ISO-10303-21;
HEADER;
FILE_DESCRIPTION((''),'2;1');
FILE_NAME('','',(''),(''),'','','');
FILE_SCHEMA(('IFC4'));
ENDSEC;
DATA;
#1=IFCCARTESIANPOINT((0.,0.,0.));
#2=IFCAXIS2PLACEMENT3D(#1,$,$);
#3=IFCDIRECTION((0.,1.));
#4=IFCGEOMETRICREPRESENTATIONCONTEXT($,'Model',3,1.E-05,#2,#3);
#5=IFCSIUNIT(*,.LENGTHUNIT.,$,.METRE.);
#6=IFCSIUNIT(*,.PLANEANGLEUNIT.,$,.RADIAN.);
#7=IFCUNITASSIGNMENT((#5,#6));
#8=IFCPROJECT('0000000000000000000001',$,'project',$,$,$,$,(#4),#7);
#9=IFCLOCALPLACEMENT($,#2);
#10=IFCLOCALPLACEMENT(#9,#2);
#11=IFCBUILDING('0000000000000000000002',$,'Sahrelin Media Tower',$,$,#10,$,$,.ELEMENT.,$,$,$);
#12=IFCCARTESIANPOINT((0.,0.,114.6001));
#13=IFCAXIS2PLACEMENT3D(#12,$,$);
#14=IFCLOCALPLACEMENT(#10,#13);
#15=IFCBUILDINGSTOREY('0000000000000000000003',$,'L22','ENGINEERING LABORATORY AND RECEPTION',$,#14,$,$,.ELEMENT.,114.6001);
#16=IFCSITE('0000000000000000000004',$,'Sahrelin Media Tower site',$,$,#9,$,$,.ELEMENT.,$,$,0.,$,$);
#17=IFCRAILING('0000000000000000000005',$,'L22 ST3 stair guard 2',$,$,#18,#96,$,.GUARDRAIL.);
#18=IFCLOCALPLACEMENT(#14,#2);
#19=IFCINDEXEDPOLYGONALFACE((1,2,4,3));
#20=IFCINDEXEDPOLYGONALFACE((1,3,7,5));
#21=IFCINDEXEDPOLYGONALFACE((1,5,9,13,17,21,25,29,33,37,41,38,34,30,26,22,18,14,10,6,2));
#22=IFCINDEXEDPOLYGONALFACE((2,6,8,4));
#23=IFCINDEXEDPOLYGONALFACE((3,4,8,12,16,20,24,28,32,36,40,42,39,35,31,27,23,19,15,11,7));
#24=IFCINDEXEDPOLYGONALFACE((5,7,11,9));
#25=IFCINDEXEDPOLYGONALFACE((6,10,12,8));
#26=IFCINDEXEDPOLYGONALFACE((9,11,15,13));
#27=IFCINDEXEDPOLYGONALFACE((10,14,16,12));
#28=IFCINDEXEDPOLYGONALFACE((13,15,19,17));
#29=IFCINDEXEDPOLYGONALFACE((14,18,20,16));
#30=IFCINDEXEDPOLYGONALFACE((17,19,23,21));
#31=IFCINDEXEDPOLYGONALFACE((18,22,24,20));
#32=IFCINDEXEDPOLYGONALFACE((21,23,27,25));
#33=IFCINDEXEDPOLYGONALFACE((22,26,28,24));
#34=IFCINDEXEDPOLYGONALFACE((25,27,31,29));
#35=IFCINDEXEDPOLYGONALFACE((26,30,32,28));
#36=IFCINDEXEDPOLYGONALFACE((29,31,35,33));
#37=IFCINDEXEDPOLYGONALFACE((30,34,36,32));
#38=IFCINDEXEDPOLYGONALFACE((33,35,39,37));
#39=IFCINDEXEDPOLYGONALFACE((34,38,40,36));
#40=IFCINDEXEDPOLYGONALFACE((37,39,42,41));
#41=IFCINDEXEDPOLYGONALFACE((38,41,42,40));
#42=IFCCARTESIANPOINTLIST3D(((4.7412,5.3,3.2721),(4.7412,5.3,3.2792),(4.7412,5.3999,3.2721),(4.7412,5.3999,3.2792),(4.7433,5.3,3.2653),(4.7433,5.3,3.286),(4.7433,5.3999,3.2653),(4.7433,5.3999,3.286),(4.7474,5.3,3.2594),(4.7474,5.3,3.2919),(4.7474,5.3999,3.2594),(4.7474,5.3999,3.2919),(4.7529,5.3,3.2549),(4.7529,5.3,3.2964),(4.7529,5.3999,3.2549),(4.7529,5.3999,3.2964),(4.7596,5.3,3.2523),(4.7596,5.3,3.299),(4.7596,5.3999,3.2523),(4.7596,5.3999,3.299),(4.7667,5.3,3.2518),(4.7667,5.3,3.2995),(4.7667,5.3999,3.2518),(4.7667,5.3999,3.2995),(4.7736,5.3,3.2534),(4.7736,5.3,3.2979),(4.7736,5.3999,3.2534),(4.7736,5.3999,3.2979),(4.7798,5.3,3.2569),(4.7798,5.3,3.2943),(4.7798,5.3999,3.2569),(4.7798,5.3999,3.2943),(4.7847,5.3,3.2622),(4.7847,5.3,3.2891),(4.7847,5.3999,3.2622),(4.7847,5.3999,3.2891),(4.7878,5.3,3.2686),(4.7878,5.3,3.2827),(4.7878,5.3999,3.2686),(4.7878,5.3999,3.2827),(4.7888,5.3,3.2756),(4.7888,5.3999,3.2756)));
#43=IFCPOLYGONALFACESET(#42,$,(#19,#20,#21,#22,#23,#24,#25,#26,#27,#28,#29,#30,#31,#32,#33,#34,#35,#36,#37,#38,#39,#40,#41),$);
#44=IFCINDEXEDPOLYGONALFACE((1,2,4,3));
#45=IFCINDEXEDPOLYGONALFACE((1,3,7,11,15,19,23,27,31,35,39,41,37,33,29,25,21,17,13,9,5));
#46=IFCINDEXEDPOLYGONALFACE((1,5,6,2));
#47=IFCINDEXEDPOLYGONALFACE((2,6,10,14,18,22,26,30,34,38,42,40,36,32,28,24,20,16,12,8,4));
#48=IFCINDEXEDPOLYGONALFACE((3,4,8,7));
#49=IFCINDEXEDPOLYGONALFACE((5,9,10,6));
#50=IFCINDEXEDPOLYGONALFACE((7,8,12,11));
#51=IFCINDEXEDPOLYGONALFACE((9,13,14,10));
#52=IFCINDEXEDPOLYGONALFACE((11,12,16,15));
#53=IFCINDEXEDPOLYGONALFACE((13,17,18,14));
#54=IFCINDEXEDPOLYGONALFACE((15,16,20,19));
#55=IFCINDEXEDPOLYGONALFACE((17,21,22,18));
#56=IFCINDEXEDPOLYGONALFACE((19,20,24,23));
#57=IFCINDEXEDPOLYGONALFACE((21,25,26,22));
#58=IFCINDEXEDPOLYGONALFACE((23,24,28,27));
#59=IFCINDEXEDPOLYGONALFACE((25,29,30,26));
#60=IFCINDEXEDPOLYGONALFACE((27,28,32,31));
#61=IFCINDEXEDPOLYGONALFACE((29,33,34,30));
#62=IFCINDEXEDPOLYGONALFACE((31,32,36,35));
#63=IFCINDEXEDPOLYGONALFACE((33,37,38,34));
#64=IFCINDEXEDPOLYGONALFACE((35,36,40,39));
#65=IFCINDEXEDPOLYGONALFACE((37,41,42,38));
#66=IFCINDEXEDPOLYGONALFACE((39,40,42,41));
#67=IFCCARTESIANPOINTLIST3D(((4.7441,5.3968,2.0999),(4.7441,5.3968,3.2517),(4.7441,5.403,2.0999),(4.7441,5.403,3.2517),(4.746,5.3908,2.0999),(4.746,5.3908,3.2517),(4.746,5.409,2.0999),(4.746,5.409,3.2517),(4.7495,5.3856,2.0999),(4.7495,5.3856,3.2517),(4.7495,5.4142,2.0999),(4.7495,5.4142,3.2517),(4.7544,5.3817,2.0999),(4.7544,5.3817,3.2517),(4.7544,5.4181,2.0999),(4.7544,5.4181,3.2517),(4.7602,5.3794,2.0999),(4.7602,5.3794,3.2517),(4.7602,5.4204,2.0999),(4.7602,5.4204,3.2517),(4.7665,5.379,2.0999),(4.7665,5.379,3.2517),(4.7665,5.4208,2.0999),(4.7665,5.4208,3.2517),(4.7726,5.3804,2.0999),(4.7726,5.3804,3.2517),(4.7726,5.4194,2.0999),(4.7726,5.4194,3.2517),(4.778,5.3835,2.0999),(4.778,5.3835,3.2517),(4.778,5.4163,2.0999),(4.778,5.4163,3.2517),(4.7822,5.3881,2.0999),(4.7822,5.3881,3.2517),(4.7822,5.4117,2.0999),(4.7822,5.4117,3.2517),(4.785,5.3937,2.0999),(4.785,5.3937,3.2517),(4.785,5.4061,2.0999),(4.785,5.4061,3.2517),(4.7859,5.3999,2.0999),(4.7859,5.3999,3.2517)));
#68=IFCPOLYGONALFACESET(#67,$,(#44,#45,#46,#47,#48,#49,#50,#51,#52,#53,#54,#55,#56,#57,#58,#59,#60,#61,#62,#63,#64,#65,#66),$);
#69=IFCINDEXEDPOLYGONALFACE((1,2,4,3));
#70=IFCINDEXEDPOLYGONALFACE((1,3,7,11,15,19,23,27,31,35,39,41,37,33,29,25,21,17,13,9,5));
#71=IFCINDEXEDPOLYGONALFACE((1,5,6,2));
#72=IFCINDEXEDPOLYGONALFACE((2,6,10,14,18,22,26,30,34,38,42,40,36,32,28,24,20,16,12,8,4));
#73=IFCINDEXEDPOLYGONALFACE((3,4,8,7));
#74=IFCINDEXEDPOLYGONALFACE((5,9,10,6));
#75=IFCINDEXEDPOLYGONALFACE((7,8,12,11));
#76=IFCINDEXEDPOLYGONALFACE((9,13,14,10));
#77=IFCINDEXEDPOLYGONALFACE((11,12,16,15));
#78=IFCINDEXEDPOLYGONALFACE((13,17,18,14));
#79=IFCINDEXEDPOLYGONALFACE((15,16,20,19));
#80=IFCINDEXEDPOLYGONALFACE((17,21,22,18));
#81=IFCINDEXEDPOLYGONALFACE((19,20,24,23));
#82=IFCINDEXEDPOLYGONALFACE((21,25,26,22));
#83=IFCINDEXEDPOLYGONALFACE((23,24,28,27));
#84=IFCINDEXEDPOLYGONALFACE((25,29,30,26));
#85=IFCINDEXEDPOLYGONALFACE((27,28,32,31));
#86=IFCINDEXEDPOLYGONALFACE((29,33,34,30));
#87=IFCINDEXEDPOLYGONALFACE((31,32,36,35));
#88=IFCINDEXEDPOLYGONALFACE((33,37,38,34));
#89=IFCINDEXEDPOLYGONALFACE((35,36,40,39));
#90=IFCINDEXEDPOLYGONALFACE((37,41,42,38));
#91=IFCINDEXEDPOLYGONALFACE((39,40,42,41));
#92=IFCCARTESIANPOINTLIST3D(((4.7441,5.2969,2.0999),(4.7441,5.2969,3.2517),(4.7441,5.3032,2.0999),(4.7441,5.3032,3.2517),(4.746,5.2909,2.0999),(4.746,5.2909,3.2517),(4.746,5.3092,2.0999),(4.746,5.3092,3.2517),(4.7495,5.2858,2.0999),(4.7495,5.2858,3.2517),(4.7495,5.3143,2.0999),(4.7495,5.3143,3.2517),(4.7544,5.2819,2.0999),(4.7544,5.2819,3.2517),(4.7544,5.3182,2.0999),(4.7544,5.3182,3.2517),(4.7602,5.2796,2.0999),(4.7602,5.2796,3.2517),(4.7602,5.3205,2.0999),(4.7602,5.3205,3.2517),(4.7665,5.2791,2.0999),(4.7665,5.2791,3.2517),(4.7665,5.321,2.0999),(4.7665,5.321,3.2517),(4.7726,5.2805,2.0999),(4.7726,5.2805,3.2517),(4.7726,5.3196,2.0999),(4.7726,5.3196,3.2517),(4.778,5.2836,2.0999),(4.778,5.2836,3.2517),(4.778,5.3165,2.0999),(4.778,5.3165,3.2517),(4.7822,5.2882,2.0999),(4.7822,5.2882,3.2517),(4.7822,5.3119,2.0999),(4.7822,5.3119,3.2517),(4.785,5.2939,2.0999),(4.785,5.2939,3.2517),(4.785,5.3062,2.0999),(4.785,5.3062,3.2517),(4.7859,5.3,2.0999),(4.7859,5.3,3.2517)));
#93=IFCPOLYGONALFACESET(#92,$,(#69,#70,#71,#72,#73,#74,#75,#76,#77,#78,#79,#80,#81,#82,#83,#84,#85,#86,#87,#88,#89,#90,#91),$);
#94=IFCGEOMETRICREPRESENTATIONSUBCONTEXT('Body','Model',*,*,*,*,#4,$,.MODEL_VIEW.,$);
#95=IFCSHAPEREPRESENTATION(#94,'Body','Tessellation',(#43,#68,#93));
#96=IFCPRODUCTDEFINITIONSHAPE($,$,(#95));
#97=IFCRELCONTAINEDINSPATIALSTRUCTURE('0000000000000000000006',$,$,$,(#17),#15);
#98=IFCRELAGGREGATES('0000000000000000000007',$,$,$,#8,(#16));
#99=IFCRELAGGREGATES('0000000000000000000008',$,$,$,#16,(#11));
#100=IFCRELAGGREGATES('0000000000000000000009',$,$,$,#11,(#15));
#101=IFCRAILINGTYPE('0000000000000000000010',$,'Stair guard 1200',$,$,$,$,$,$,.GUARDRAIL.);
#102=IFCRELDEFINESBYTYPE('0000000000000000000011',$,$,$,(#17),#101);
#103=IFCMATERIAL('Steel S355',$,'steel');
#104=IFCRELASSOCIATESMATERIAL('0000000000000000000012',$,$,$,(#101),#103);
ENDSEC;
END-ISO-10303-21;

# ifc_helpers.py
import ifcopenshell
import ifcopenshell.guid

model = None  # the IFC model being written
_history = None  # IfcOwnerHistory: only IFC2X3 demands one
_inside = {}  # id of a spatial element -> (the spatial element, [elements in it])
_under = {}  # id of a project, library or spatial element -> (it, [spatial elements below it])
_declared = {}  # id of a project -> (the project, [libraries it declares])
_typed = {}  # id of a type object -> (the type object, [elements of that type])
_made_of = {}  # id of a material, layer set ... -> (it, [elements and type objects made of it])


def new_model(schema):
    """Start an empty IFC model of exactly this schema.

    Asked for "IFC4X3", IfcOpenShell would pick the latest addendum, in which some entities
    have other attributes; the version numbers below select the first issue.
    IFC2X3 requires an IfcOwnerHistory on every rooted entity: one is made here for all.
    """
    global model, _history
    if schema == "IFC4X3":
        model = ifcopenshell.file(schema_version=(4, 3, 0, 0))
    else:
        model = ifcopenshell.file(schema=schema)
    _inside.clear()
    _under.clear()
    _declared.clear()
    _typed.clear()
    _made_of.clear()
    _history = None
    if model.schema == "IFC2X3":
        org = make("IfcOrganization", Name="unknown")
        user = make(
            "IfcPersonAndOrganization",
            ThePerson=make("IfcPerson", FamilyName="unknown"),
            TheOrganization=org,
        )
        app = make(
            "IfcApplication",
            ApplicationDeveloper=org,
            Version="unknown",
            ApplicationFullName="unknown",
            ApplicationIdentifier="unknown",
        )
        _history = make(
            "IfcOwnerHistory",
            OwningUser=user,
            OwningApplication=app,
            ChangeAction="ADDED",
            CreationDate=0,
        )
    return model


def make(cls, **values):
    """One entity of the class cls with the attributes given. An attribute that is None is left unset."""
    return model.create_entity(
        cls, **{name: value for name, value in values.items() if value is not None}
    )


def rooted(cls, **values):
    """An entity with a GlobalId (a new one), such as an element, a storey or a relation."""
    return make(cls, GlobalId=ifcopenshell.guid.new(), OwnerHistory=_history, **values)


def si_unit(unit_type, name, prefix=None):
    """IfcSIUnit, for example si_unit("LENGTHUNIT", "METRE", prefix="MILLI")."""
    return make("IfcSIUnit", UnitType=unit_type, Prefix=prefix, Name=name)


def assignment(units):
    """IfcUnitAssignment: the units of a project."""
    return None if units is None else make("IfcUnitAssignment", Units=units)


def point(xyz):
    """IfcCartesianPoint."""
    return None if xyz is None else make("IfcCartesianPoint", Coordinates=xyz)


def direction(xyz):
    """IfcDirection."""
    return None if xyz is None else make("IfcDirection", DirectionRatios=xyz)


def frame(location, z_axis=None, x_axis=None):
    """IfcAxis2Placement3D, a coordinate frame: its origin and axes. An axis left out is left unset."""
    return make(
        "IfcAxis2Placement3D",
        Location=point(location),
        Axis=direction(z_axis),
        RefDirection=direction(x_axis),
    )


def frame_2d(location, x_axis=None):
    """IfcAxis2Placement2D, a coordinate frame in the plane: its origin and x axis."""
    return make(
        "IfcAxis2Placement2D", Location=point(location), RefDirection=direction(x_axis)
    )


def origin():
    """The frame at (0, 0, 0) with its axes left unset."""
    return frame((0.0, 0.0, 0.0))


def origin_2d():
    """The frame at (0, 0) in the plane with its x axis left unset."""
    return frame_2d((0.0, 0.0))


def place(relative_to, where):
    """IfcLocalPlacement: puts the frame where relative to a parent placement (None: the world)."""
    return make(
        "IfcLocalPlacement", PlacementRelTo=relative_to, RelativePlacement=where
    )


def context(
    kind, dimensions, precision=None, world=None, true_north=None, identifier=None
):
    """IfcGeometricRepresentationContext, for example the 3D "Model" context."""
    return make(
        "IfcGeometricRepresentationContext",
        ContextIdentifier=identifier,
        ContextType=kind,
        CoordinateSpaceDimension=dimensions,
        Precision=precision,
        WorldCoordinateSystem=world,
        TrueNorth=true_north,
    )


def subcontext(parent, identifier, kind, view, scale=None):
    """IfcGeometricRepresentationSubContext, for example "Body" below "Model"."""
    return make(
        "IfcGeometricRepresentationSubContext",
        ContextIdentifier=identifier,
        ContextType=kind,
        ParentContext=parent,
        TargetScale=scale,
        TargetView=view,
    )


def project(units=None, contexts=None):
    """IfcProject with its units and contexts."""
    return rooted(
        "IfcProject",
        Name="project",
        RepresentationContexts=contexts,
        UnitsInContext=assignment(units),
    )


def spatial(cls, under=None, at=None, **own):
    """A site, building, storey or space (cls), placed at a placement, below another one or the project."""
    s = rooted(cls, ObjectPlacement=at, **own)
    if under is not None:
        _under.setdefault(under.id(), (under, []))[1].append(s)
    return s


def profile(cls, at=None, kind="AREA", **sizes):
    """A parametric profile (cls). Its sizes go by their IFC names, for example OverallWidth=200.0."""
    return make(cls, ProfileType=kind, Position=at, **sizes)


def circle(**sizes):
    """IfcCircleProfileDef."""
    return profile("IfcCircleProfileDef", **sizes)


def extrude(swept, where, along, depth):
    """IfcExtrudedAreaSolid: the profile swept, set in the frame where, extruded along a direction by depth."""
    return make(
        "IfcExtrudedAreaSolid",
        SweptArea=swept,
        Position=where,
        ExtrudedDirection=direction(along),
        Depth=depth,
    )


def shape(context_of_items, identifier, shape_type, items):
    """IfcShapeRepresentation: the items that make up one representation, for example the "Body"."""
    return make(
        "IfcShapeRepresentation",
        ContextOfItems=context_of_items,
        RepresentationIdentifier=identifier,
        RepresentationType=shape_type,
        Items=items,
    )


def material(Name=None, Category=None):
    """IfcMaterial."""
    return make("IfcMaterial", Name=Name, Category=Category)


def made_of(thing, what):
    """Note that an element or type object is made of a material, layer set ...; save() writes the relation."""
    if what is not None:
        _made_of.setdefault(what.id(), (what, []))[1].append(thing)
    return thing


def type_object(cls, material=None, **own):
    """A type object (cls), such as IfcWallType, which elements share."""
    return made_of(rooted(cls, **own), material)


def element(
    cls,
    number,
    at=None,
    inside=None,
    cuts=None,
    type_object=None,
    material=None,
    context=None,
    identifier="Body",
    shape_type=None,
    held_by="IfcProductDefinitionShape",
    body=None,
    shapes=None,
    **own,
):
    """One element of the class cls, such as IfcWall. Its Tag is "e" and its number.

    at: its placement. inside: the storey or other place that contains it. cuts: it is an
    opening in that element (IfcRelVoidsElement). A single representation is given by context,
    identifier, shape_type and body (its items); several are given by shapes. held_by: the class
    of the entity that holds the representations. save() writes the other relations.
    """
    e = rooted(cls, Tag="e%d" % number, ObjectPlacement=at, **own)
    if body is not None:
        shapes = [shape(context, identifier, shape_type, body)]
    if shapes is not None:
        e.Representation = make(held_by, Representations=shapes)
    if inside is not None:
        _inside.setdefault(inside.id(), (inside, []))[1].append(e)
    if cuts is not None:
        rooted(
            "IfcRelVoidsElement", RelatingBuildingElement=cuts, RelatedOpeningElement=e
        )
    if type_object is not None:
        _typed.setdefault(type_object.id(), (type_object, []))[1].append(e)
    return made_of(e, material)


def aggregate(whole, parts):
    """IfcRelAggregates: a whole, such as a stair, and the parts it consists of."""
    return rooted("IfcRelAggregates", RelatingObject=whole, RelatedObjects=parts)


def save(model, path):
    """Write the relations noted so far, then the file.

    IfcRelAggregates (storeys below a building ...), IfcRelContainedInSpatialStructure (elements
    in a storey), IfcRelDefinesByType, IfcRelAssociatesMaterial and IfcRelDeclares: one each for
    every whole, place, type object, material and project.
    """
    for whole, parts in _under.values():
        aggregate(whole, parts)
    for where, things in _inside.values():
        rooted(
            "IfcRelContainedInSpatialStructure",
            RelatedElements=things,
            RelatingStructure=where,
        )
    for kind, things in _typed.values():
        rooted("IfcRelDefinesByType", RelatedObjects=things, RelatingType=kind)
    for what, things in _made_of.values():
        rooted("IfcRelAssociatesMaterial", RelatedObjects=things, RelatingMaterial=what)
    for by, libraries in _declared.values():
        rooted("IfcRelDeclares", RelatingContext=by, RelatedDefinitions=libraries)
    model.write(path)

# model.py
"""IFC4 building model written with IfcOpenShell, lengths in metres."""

from ifc_helpers import new_model, si_unit, direction, frame, origin, origin_2d, place, context, subcontext, project, spatial, circle, extrude, material, type_object, element, save


model = new_model("IFC4")

# Units and contexts
model_context = context("Model", 3, precision=1e-05, world=origin(), true_north=direction((0.0, 1.0)))
body_context = subcontext(model_context, "Body", "Model", "MODEL_VIEW")
ifc_project = project(units=[si_unit("LENGTHUNIT", "METRE"), si_unit("PLANEANGLEUNIT", "RADIAN")], contexts=[model_context])

# Site, building, storey
site_placement = place(None, origin())
site = spatial("IfcSite", under=ifc_project, at=site_placement, Name="Sahrelin Media Tower site", CompositionType="ELEMENT", RefElevation=0.0)
building_placement = place(site_placement, origin())
building = spatial("IfcBuilding", under=site, at=building_placement, Name="Sahrelin Media Tower", CompositionType="ELEMENT")
storey_placement = place(building_placement, frame((0.0, 0.0, 114.6001)))
storey = spatial("IfcBuildingStorey", under=building, at=storey_placement, Name="L22", Description="ENGINEERING LABORATORY AND RECEPTION", CompositionType="ELEMENT", Elevation=114.6001)

# Shared definitions
ifc_material_1 = material(Name="Steel S355", Category="steel")

# Railing
railing_type_1 = type_object("IfcRailingType", Name="Stair guard 1200", PredefinedType="GUARDRAIL", material=ifc_material_1)
railing_1_placement = place(storey_placement, frame((4.7649, 5.3999, 2.0999)))
element("IfcRailing", 1, at=railing_1_placement, inside=storey, type_object=railing_type_1, Name="L22 ST3 stair guard 2", PredefinedType="GUARDRAIL", context=body_context, shape_type="SweptSolid", body=[
    extrude(circle(Radius=0.0239, at=origin_2d()), frame((0.0, 0.0, 1.1758), z_axis=(0.0, -1.0, 0.0), x_axis=(1.0, 0.0, 0.0)), (0.0, 0.0, 1.0), 0.0999),
    extrude(circle(Radius=0.021, at=origin_2d()), origin(), (0.0, 0.0, 1.0), 1.1519),
    extrude(circle(Radius=0.021, at=origin_2d()), frame((0.0, -0.0999, 0.0)), (0.0, 0.0, 1.0), 1.1519),
])

save(model, "model.ifc")
